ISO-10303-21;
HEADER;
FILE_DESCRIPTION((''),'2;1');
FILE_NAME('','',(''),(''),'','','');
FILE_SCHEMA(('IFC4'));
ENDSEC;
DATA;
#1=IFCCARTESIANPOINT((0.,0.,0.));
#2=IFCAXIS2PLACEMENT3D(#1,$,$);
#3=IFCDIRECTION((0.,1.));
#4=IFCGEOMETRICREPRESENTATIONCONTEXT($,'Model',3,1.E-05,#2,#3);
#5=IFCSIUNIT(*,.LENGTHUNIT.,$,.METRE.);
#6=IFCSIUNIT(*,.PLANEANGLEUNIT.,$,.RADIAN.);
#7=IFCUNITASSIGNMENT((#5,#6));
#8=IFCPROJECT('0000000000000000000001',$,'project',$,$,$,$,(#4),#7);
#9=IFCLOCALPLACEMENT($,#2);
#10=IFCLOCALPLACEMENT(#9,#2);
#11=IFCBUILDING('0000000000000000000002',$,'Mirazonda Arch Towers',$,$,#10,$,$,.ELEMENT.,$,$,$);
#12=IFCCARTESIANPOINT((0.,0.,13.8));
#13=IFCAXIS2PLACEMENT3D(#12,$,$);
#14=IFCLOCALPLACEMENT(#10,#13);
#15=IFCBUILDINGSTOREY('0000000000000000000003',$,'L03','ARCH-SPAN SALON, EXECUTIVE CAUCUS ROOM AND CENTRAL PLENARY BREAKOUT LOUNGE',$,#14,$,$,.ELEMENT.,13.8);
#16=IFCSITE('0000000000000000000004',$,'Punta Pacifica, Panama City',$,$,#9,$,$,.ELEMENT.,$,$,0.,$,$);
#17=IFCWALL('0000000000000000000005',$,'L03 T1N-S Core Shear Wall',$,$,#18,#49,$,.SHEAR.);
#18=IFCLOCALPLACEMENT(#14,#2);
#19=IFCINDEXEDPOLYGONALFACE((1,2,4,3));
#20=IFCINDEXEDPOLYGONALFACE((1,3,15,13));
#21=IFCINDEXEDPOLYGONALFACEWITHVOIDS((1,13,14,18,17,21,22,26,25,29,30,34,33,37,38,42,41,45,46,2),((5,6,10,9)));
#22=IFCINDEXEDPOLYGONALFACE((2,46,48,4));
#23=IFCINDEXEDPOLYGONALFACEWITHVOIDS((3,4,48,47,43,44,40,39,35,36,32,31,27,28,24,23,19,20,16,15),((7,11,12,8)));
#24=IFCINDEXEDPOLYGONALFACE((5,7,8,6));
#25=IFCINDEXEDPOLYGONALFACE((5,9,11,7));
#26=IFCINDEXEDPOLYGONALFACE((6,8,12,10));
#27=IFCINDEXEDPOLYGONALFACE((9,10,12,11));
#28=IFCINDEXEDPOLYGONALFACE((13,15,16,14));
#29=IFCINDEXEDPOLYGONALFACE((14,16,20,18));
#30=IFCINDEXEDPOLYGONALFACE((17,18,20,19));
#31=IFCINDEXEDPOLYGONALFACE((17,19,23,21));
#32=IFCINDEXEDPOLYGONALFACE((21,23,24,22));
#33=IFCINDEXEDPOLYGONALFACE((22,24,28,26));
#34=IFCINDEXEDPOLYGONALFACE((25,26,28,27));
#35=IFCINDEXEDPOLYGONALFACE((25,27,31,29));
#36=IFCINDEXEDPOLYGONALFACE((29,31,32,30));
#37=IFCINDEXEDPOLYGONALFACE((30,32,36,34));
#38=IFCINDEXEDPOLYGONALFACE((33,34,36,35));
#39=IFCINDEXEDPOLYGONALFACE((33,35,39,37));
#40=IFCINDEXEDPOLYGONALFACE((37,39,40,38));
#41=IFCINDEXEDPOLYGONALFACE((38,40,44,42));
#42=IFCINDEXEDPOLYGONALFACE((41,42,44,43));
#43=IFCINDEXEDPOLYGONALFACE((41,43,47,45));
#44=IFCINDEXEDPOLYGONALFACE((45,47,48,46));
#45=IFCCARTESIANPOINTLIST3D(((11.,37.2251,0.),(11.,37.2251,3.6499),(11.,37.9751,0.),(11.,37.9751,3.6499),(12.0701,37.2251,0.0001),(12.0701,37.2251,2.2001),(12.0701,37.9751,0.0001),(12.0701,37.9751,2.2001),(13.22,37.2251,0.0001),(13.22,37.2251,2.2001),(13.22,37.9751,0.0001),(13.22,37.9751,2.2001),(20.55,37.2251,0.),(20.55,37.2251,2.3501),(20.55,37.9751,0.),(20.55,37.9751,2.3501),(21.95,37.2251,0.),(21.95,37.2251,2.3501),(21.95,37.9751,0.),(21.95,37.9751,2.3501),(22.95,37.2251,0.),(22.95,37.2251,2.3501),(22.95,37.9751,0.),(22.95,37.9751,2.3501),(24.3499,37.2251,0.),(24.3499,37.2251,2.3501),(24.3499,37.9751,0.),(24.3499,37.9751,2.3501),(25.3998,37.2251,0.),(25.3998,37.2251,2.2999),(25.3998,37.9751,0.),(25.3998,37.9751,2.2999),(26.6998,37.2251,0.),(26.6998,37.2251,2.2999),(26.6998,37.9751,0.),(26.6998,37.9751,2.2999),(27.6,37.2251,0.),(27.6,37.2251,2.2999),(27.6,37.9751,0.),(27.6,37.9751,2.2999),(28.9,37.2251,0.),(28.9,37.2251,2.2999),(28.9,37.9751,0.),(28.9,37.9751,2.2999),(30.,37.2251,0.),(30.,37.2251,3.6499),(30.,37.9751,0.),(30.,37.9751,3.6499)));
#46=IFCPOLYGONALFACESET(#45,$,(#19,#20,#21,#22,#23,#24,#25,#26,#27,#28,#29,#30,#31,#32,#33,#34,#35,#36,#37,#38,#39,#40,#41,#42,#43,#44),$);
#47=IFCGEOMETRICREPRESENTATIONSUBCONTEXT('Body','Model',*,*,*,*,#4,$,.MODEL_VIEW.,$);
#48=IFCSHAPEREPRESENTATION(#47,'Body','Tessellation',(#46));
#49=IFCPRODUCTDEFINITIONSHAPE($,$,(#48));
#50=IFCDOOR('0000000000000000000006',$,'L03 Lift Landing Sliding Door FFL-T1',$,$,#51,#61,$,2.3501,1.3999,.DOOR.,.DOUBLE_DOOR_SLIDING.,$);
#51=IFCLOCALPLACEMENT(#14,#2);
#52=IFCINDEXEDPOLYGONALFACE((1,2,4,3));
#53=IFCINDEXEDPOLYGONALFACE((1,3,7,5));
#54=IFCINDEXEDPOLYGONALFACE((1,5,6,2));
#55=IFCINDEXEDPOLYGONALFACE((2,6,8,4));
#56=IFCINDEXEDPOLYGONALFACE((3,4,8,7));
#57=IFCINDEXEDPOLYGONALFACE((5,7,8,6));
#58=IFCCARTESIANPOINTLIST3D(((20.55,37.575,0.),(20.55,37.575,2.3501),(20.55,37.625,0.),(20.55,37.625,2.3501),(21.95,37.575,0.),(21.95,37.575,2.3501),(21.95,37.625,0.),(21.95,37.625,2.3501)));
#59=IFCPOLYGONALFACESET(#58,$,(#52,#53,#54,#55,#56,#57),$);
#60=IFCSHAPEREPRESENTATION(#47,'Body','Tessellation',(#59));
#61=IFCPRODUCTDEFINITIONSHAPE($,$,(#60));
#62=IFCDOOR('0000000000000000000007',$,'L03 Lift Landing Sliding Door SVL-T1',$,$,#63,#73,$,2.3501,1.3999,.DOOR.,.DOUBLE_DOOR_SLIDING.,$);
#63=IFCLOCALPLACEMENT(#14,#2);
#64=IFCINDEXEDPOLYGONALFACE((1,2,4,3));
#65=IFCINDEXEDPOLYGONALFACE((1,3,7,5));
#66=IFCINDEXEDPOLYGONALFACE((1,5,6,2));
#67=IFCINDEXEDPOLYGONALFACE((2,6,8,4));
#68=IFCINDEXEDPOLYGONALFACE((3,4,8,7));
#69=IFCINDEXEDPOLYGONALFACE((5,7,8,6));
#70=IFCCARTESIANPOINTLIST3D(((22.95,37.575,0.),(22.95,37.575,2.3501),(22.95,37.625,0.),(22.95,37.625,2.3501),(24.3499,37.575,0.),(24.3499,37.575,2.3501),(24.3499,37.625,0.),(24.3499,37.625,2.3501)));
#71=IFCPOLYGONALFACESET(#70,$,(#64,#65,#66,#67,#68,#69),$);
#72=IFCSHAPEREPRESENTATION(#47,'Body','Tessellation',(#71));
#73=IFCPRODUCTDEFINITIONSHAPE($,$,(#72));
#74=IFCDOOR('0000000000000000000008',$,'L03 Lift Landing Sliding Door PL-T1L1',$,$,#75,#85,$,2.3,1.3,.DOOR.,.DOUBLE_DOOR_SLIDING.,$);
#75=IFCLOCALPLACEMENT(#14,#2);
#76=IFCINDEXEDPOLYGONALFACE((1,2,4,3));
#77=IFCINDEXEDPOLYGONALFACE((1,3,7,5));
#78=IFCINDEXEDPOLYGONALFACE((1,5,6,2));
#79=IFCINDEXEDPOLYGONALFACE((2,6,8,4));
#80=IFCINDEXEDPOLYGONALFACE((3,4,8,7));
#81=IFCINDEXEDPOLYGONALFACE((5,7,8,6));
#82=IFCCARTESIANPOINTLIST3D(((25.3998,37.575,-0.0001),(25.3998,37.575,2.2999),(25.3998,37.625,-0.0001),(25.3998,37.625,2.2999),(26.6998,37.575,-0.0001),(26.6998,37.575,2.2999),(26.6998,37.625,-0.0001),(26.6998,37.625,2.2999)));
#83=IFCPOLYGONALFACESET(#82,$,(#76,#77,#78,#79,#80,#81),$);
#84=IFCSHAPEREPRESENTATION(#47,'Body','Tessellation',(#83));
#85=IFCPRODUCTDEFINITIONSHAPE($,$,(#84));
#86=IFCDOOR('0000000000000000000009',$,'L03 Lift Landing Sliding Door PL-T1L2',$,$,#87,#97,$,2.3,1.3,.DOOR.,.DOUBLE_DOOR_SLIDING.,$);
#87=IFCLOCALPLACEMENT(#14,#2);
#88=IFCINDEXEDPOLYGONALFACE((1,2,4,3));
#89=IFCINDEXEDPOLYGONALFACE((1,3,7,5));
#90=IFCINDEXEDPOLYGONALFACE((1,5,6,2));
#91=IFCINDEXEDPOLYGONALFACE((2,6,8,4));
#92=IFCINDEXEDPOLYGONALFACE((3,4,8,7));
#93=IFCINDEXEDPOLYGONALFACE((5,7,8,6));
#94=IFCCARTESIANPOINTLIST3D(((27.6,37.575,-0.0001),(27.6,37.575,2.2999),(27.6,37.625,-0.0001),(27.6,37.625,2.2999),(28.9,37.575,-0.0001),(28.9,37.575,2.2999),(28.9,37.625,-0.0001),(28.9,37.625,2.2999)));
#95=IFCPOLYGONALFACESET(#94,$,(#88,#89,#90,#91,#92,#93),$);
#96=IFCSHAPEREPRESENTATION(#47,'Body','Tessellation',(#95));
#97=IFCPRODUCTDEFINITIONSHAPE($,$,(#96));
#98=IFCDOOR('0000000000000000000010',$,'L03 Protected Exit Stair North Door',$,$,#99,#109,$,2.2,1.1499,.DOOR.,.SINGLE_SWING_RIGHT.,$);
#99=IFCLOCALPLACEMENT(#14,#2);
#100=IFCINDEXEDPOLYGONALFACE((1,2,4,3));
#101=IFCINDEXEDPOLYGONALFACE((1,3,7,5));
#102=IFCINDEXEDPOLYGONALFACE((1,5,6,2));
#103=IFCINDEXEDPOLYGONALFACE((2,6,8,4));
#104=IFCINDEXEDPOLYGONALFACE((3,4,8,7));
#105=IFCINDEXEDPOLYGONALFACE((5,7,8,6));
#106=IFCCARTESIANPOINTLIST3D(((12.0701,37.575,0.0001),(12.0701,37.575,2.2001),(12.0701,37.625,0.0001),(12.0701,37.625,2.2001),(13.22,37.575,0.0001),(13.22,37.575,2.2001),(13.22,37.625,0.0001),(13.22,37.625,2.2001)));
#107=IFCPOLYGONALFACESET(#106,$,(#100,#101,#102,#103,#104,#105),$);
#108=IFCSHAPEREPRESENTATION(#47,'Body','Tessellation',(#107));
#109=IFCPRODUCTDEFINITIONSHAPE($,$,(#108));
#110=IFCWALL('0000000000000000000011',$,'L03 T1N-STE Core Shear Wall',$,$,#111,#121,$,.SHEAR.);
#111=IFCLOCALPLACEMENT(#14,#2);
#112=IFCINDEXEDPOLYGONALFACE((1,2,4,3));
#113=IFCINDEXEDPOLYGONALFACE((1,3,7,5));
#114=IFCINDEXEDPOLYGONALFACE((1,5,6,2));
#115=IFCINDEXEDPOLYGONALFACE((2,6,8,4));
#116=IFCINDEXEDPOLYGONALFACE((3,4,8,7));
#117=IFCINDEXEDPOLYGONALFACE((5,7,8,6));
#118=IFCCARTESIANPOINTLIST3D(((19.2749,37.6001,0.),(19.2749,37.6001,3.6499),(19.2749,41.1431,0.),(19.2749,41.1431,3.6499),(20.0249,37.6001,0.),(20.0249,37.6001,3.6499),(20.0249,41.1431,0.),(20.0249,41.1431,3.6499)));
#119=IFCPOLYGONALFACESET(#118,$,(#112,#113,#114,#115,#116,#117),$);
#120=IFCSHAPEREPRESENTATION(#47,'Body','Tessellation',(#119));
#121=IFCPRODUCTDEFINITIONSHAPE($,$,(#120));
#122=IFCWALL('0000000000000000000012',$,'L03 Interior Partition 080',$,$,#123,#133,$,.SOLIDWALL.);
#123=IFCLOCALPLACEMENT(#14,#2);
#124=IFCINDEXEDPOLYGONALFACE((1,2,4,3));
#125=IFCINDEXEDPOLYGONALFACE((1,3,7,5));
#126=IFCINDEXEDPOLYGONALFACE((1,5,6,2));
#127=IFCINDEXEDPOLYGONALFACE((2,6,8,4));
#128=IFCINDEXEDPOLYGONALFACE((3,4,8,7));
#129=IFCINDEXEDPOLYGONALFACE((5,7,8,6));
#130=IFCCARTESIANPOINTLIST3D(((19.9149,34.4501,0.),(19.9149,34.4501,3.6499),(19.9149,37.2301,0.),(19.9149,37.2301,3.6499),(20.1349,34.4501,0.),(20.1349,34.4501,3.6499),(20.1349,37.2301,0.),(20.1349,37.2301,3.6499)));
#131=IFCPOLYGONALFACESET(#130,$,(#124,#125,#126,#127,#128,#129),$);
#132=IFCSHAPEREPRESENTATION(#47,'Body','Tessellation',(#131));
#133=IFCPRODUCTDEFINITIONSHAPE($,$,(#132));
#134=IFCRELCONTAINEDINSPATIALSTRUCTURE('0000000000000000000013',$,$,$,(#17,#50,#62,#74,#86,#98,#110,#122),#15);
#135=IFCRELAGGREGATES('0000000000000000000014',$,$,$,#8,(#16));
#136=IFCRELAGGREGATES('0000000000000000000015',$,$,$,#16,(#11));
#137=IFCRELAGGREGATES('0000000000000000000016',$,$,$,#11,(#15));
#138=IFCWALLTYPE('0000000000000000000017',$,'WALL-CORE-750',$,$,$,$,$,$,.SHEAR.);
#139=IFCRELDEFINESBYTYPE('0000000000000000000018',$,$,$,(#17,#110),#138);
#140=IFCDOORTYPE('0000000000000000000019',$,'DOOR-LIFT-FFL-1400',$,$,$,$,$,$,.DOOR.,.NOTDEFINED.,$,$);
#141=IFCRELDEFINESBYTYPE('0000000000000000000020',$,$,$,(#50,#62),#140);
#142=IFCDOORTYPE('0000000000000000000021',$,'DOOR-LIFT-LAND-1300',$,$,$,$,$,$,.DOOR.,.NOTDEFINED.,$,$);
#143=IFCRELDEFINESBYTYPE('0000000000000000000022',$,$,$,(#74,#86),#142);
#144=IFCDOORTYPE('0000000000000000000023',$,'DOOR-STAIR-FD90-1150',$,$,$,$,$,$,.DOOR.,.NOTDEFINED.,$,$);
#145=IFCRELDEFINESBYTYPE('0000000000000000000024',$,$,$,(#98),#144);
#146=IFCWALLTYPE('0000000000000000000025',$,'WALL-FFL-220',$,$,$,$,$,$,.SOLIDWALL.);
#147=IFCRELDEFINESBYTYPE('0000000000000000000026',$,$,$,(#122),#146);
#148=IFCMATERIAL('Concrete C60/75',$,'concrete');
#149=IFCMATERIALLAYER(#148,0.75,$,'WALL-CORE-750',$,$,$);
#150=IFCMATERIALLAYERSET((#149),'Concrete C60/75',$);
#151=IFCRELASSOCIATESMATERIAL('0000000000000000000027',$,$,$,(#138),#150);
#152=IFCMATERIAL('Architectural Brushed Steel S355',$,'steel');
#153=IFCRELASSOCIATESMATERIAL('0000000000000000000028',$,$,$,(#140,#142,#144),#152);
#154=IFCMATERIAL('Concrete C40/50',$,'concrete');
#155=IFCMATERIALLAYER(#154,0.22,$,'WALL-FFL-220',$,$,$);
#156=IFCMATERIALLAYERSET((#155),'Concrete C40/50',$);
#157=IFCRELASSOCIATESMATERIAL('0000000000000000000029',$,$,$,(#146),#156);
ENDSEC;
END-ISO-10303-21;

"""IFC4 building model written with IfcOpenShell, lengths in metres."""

from ifc_helpers import new_model, si_unit, direction, frame, frame_2d, origin, place, context, subcontext, project, spatial, rectangle, extrude, material, layer, layer_set, type_object, element, fill, save


model = new_model("IFC4")

# Units and contexts
model_context = context("Model", 3, precision=1e-05, world=origin(), true_north=direction((0.0, 1.0)))
body_context = subcontext(model_context, "Body", "Model", "MODEL_VIEW")
ifc_project = project(units=[si_unit("LENGTHUNIT", "METRE"), si_unit("PLANEANGLEUNIT", "RADIAN")], contexts=[model_context])

# Site, building, storey
site_placement = place(None, origin())
site = spatial("IfcSite", under=ifc_project, at=site_placement, Name="Punta Pacifica, Panama City", CompositionType="ELEMENT", RefElevation=0.0)
building_placement = place(site_placement, origin())
building = spatial("IfcBuilding", under=site, at=building_placement, Name="Mirazonda Arch Towers", CompositionType="ELEMENT")
storey_placement = place(building_placement, frame((0.0, 0.0, 13.8)))
storey = spatial("IfcBuildingStorey", under=building, at=storey_placement, Name="L03", Description="ARCH-SPAN SALON, EXECUTIVE CAUCUS ROOM AND CENTRAL PLENARY BREAKOUT LOUNGE", CompositionType="ELEMENT", Elevation=13.8)

# Shared definitions
ifc_material_1 = material(Name="Concrete C60/75", Category="concrete")

# Shared definitions
ifc_layer_1 = layer(ifc_material_1, 0.75, Name="WALL-CORE-750")
ifc_layer_set_1 = layer_set([ifc_layer_1], Name="Concrete C60/75")
wall_type_1 = type_object("IfcWallType", Name="WALL-CORE-750", PredefinedType="SHEAR", material=ifc_layer_set_1)

# Wall, openings, doors
wall_1_placement = place(storey_placement, frame((11.0, 37.6001, 0.0), z_axis=(0.0, 0.0, 1.0), x_axis=(1.0, 0.0, 0.0)))
wall_1 = element("IfcWall", 1, at=wall_1_placement, inside=storey, type_object=wall_type_1, Name="L03 T1N-S Core Shear Wall", PredefinedType="SHEAR", context=body_context, shape_type="SweptSolid", body=[
    extrude(rectangle(XDim=19.0, YDim=0.75, at=frame_2d((9.5, 0.0))), origin(), (0.0, 0.0, 1.0), 3.6499),
])
opening_1_placement = place(wall_1_placement, frame((1.0701, 0.0, 0.0)))
opening_1 = element("IfcOpeningElement", 2, at=opening_1_placement, cuts=wall_1, PredefinedType="OPENING", context=body_context, shape_type="SweptSolid", body=[
    extrude(rectangle(XDim=1.1499, YDim=2.2, at=frame_2d((0.575, 1.1001))), frame((0.0, 0.385, 0.0), z_axis=(0.0, -1.0, 0.0), x_axis=(1.0, 0.0, 0.0)), (0.0, 0.0, 1.0), 0.77),
])
opening_2_placement = place(wall_1_placement, frame((9.55, 0.0, 0.0)))
opening_2 = element("IfcOpeningElement", 3, at=opening_2_placement, cuts=wall_1, PredefinedType="OPENING", context=body_context, shape_type="SweptSolid", body=[
    extrude(rectangle(XDim=1.3999, YDim=2.3501, at=frame_2d((0.7, 1.175))), frame((0.0, 0.385, 0.0), z_axis=(0.0, -1.0, 0.0), x_axis=(1.0, 0.0, 0.0)), (0.0, 0.0, 1.0), 0.77),
])
opening_3_placement = place(wall_1_placement, frame((11.95, 0.0, 0.0)))
opening_3 = element("IfcOpeningElement", 4, at=opening_3_placement, cuts=wall_1, PredefinedType="OPENING", context=body_context, shape_type="SweptSolid", body=[
    extrude(rectangle(XDim=1.3999, YDim=2.3501, at=frame_2d((0.7, 1.175))), frame((0.0, 0.385, 0.0), z_axis=(0.0, -1.0, 0.0), x_axis=(1.0, 0.0, 0.0)), (0.0, 0.0, 1.0), 0.77),
])
opening_4_placement = place(wall_1_placement, frame((14.3999, 0.0, 0.0)))
opening_4 = element("IfcOpeningElement", 5, at=opening_4_placement, cuts=wall_1, PredefinedType="OPENING", context=body_context, shape_type="SweptSolid", body=[
    extrude(rectangle(XDim=1.3, YDim=2.3, at=frame_2d((0.6499, 1.1499))), frame((0.0, 0.385, 0.0), z_axis=(0.0, -1.0, 0.0), x_axis=(1.0, 0.0, 0.0)), (0.0, 0.0, 1.0), 0.77),
])
opening_5_placement = place(wall_1_placement, frame((16.6001, 0.0, 0.0)))
opening_5 = element("IfcOpeningElement", 6, at=opening_5_placement, cuts=wall_1, PredefinedType="OPENING", context=body_context, shape_type="SweptSolid", body=[
    extrude(rectangle(XDim=1.3, YDim=2.3, at=frame_2d((0.6499, 1.1499))), frame((0.0, 0.385, 0.0), z_axis=(0.0, -1.0, 0.0), x_axis=(1.0, 0.0, 0.0)), (0.0, 0.0, 1.0), 0.77),
])
ifc_material_2 = material(Name="Architectural Brushed Steel S355", Category="steel")
door_type_1 = type_object("IfcDoorType", Name="DOOR-LIFT-FFL-1400", OperationType="NOTDEFINED", PredefinedType="DOOR", material=ifc_material_2)
door_1_placement = place(opening_2_placement, origin())
door_1 = element("IfcDoor", 7, at=door_1_placement, inside=storey, type_object=door_type_1, Name="L03 Lift Landing Sliding Door FFL-T1", OperationType="DOUBLE_DOOR_SLIDING", OverallHeight=2.3501, OverallWidth=1.3999, PredefinedType="DOOR", context=body_context, shape_type="SweptSolid", body=[
    extrude(rectangle(XDim=1.3999, YDim=2.3501, at=frame_2d((0.7, 1.175))), frame((0.0, 0.0249, 0.0), z_axis=(0.0, -1.0, 0.0), x_axis=(1.0, 0.0, 0.0)), (0.0, 0.0, 1.0), 0.05),
])
fill(opening_2, door_1)
door_2_placement = place(opening_3_placement, origin())
door_2 = element("IfcDoor", 8, at=door_2_placement, inside=storey, type_object=door_type_1, Name="L03 Lift Landing Sliding Door SVL-T1", OperationType="DOUBLE_DOOR_SLIDING", OverallHeight=2.3501, OverallWidth=1.3999, PredefinedType="DOOR", context=body_context, shape_type="SweptSolid", body=[
    extrude(rectangle(XDim=1.3999, YDim=2.3501, at=frame_2d((0.7, 1.175))), frame((0.0, 0.0249, 0.0), z_axis=(0.0, -1.0, 0.0), x_axis=(1.0, 0.0, 0.0)), (0.0, 0.0, 1.0), 0.05),
])
fill(opening_3, door_2)
door_type_2 = type_object("IfcDoorType", Name="DOOR-LIFT-LAND-1300", OperationType="NOTDEFINED", PredefinedType="DOOR", material=ifc_material_2)
door_3_placement = place(opening_4_placement, origin())
door_3 = element("IfcDoor", 9, at=door_3_placement, inside=storey, type_object=door_type_2, Name="L03 Lift Landing Sliding Door PL-T1L1", OperationType="DOUBLE_DOOR_SLIDING", OverallHeight=2.3, OverallWidth=1.3, PredefinedType="DOOR", context=body_context, shape_type="SweptSolid", body=[
    extrude(rectangle(XDim=1.3, YDim=2.3, at=frame_2d((0.6499, 1.1499))), frame((0.0, 0.0249, 0.0), z_axis=(0.0, -1.0, 0.0), x_axis=(1.0, 0.0, 0.0)), (0.0, 0.0, 1.0), 0.05),
])
fill(opening_4, door_3)
door_4_placement = place(opening_5_placement, origin())
door_4 = element("IfcDoor", 10, at=door_4_placement, inside=storey, type_object=door_type_2, Name="L03 Lift Landing Sliding Door PL-T1L2", OperationType="DOUBLE_DOOR_SLIDING", OverallHeight=2.3, OverallWidth=1.3, PredefinedType="DOOR", context=body_context, shape_type="SweptSolid", body=[
    extrude(rectangle(XDim=1.3, YDim=2.3, at=frame_2d((0.6499, 1.1499))), frame((0.0, 0.0249, 0.0), z_axis=(0.0, -1.0, 0.0), x_axis=(1.0, 0.0, 0.0)), (0.0, 0.0, 1.0), 0.05),
])
fill(opening_5, door_4)
door_type_3 = type_object("IfcDoorType", Name="DOOR-STAIR-FD90-1150", OperationType="NOTDEFINED", PredefinedType="DOOR", material=ifc_material_2)
door_5_placement = place(opening_1_placement, origin())
door_5 = element("IfcDoor", 11, at=door_5_placement, inside=storey, type_object=door_type_3, Name="L03 Protected Exit Stair North Door", OperationType="SINGLE_SWING_RIGHT", OverallHeight=2.2, OverallWidth=1.1499, PredefinedType="DOOR", context=body_context, shape_type="SweptSolid", body=[
    extrude(rectangle(XDim=1.1499, YDim=2.2, at=frame_2d((0.575, 1.1001))), frame((0.0, 0.0249, 0.0), z_axis=(0.0, -1.0, 0.0), x_axis=(1.0, 0.0, 0.0)), (0.0, 0.0, 1.0), 0.05),
])
fill(opening_1, door_5)

# Walls
wall_2_placement = place(storey_placement, frame((19.6499, 37.6001, 0.0), z_axis=(0.0, 0.0, 1.0), x_axis=(0.0, 1.0, 0.0)))
element("IfcWall", 12, at=wall_2_placement, inside=storey, type_object=wall_type_1, Name="L03 T1N-STE Core Shear Wall", PredefinedType="SHEAR", context=body_context, shape_type="SweptSolid", body=[
    extrude(rectangle(XDim=3.543, YDim=0.75, at=frame_2d((1.7715, 0.0))), origin(), (0.0, 0.0, 1.0), 3.6499),
])
ifc_material_3 = material(Name="Concrete C40/50", Category="concrete")
ifc_layer_2 = layer(ifc_material_3, 0.22, Name="WALL-FFL-220")
ifc_layer_set_2 = layer_set([ifc_layer_2], Name="Concrete C40/50")
wall_type_2 = type_object("IfcWallType", Name="WALL-FFL-220", PredefinedType="SOLIDWALL", material=ifc_layer_set_2)
wall_3_placement = place(storey_placement, frame((20.0249, 34.45, 0.0), z_axis=(0.0, 0.0, 1.0), x_axis=(0.0, 1.0, 0.0)))
element("IfcWall", 13, at=wall_3_placement, inside=storey, type_object=wall_type_2, Name="L03 Interior Partition 080", PredefinedType="SOLIDWALL", context=body_context, shape_type="SweptSolid", body=[
    extrude(rectangle(XDim=2.78, YDim=0.22, at=frame_2d((1.3901, 0.0))), origin(), (0.0, 0.0, 1.0), 3.6499),
])

save(model, "model.ifc")
